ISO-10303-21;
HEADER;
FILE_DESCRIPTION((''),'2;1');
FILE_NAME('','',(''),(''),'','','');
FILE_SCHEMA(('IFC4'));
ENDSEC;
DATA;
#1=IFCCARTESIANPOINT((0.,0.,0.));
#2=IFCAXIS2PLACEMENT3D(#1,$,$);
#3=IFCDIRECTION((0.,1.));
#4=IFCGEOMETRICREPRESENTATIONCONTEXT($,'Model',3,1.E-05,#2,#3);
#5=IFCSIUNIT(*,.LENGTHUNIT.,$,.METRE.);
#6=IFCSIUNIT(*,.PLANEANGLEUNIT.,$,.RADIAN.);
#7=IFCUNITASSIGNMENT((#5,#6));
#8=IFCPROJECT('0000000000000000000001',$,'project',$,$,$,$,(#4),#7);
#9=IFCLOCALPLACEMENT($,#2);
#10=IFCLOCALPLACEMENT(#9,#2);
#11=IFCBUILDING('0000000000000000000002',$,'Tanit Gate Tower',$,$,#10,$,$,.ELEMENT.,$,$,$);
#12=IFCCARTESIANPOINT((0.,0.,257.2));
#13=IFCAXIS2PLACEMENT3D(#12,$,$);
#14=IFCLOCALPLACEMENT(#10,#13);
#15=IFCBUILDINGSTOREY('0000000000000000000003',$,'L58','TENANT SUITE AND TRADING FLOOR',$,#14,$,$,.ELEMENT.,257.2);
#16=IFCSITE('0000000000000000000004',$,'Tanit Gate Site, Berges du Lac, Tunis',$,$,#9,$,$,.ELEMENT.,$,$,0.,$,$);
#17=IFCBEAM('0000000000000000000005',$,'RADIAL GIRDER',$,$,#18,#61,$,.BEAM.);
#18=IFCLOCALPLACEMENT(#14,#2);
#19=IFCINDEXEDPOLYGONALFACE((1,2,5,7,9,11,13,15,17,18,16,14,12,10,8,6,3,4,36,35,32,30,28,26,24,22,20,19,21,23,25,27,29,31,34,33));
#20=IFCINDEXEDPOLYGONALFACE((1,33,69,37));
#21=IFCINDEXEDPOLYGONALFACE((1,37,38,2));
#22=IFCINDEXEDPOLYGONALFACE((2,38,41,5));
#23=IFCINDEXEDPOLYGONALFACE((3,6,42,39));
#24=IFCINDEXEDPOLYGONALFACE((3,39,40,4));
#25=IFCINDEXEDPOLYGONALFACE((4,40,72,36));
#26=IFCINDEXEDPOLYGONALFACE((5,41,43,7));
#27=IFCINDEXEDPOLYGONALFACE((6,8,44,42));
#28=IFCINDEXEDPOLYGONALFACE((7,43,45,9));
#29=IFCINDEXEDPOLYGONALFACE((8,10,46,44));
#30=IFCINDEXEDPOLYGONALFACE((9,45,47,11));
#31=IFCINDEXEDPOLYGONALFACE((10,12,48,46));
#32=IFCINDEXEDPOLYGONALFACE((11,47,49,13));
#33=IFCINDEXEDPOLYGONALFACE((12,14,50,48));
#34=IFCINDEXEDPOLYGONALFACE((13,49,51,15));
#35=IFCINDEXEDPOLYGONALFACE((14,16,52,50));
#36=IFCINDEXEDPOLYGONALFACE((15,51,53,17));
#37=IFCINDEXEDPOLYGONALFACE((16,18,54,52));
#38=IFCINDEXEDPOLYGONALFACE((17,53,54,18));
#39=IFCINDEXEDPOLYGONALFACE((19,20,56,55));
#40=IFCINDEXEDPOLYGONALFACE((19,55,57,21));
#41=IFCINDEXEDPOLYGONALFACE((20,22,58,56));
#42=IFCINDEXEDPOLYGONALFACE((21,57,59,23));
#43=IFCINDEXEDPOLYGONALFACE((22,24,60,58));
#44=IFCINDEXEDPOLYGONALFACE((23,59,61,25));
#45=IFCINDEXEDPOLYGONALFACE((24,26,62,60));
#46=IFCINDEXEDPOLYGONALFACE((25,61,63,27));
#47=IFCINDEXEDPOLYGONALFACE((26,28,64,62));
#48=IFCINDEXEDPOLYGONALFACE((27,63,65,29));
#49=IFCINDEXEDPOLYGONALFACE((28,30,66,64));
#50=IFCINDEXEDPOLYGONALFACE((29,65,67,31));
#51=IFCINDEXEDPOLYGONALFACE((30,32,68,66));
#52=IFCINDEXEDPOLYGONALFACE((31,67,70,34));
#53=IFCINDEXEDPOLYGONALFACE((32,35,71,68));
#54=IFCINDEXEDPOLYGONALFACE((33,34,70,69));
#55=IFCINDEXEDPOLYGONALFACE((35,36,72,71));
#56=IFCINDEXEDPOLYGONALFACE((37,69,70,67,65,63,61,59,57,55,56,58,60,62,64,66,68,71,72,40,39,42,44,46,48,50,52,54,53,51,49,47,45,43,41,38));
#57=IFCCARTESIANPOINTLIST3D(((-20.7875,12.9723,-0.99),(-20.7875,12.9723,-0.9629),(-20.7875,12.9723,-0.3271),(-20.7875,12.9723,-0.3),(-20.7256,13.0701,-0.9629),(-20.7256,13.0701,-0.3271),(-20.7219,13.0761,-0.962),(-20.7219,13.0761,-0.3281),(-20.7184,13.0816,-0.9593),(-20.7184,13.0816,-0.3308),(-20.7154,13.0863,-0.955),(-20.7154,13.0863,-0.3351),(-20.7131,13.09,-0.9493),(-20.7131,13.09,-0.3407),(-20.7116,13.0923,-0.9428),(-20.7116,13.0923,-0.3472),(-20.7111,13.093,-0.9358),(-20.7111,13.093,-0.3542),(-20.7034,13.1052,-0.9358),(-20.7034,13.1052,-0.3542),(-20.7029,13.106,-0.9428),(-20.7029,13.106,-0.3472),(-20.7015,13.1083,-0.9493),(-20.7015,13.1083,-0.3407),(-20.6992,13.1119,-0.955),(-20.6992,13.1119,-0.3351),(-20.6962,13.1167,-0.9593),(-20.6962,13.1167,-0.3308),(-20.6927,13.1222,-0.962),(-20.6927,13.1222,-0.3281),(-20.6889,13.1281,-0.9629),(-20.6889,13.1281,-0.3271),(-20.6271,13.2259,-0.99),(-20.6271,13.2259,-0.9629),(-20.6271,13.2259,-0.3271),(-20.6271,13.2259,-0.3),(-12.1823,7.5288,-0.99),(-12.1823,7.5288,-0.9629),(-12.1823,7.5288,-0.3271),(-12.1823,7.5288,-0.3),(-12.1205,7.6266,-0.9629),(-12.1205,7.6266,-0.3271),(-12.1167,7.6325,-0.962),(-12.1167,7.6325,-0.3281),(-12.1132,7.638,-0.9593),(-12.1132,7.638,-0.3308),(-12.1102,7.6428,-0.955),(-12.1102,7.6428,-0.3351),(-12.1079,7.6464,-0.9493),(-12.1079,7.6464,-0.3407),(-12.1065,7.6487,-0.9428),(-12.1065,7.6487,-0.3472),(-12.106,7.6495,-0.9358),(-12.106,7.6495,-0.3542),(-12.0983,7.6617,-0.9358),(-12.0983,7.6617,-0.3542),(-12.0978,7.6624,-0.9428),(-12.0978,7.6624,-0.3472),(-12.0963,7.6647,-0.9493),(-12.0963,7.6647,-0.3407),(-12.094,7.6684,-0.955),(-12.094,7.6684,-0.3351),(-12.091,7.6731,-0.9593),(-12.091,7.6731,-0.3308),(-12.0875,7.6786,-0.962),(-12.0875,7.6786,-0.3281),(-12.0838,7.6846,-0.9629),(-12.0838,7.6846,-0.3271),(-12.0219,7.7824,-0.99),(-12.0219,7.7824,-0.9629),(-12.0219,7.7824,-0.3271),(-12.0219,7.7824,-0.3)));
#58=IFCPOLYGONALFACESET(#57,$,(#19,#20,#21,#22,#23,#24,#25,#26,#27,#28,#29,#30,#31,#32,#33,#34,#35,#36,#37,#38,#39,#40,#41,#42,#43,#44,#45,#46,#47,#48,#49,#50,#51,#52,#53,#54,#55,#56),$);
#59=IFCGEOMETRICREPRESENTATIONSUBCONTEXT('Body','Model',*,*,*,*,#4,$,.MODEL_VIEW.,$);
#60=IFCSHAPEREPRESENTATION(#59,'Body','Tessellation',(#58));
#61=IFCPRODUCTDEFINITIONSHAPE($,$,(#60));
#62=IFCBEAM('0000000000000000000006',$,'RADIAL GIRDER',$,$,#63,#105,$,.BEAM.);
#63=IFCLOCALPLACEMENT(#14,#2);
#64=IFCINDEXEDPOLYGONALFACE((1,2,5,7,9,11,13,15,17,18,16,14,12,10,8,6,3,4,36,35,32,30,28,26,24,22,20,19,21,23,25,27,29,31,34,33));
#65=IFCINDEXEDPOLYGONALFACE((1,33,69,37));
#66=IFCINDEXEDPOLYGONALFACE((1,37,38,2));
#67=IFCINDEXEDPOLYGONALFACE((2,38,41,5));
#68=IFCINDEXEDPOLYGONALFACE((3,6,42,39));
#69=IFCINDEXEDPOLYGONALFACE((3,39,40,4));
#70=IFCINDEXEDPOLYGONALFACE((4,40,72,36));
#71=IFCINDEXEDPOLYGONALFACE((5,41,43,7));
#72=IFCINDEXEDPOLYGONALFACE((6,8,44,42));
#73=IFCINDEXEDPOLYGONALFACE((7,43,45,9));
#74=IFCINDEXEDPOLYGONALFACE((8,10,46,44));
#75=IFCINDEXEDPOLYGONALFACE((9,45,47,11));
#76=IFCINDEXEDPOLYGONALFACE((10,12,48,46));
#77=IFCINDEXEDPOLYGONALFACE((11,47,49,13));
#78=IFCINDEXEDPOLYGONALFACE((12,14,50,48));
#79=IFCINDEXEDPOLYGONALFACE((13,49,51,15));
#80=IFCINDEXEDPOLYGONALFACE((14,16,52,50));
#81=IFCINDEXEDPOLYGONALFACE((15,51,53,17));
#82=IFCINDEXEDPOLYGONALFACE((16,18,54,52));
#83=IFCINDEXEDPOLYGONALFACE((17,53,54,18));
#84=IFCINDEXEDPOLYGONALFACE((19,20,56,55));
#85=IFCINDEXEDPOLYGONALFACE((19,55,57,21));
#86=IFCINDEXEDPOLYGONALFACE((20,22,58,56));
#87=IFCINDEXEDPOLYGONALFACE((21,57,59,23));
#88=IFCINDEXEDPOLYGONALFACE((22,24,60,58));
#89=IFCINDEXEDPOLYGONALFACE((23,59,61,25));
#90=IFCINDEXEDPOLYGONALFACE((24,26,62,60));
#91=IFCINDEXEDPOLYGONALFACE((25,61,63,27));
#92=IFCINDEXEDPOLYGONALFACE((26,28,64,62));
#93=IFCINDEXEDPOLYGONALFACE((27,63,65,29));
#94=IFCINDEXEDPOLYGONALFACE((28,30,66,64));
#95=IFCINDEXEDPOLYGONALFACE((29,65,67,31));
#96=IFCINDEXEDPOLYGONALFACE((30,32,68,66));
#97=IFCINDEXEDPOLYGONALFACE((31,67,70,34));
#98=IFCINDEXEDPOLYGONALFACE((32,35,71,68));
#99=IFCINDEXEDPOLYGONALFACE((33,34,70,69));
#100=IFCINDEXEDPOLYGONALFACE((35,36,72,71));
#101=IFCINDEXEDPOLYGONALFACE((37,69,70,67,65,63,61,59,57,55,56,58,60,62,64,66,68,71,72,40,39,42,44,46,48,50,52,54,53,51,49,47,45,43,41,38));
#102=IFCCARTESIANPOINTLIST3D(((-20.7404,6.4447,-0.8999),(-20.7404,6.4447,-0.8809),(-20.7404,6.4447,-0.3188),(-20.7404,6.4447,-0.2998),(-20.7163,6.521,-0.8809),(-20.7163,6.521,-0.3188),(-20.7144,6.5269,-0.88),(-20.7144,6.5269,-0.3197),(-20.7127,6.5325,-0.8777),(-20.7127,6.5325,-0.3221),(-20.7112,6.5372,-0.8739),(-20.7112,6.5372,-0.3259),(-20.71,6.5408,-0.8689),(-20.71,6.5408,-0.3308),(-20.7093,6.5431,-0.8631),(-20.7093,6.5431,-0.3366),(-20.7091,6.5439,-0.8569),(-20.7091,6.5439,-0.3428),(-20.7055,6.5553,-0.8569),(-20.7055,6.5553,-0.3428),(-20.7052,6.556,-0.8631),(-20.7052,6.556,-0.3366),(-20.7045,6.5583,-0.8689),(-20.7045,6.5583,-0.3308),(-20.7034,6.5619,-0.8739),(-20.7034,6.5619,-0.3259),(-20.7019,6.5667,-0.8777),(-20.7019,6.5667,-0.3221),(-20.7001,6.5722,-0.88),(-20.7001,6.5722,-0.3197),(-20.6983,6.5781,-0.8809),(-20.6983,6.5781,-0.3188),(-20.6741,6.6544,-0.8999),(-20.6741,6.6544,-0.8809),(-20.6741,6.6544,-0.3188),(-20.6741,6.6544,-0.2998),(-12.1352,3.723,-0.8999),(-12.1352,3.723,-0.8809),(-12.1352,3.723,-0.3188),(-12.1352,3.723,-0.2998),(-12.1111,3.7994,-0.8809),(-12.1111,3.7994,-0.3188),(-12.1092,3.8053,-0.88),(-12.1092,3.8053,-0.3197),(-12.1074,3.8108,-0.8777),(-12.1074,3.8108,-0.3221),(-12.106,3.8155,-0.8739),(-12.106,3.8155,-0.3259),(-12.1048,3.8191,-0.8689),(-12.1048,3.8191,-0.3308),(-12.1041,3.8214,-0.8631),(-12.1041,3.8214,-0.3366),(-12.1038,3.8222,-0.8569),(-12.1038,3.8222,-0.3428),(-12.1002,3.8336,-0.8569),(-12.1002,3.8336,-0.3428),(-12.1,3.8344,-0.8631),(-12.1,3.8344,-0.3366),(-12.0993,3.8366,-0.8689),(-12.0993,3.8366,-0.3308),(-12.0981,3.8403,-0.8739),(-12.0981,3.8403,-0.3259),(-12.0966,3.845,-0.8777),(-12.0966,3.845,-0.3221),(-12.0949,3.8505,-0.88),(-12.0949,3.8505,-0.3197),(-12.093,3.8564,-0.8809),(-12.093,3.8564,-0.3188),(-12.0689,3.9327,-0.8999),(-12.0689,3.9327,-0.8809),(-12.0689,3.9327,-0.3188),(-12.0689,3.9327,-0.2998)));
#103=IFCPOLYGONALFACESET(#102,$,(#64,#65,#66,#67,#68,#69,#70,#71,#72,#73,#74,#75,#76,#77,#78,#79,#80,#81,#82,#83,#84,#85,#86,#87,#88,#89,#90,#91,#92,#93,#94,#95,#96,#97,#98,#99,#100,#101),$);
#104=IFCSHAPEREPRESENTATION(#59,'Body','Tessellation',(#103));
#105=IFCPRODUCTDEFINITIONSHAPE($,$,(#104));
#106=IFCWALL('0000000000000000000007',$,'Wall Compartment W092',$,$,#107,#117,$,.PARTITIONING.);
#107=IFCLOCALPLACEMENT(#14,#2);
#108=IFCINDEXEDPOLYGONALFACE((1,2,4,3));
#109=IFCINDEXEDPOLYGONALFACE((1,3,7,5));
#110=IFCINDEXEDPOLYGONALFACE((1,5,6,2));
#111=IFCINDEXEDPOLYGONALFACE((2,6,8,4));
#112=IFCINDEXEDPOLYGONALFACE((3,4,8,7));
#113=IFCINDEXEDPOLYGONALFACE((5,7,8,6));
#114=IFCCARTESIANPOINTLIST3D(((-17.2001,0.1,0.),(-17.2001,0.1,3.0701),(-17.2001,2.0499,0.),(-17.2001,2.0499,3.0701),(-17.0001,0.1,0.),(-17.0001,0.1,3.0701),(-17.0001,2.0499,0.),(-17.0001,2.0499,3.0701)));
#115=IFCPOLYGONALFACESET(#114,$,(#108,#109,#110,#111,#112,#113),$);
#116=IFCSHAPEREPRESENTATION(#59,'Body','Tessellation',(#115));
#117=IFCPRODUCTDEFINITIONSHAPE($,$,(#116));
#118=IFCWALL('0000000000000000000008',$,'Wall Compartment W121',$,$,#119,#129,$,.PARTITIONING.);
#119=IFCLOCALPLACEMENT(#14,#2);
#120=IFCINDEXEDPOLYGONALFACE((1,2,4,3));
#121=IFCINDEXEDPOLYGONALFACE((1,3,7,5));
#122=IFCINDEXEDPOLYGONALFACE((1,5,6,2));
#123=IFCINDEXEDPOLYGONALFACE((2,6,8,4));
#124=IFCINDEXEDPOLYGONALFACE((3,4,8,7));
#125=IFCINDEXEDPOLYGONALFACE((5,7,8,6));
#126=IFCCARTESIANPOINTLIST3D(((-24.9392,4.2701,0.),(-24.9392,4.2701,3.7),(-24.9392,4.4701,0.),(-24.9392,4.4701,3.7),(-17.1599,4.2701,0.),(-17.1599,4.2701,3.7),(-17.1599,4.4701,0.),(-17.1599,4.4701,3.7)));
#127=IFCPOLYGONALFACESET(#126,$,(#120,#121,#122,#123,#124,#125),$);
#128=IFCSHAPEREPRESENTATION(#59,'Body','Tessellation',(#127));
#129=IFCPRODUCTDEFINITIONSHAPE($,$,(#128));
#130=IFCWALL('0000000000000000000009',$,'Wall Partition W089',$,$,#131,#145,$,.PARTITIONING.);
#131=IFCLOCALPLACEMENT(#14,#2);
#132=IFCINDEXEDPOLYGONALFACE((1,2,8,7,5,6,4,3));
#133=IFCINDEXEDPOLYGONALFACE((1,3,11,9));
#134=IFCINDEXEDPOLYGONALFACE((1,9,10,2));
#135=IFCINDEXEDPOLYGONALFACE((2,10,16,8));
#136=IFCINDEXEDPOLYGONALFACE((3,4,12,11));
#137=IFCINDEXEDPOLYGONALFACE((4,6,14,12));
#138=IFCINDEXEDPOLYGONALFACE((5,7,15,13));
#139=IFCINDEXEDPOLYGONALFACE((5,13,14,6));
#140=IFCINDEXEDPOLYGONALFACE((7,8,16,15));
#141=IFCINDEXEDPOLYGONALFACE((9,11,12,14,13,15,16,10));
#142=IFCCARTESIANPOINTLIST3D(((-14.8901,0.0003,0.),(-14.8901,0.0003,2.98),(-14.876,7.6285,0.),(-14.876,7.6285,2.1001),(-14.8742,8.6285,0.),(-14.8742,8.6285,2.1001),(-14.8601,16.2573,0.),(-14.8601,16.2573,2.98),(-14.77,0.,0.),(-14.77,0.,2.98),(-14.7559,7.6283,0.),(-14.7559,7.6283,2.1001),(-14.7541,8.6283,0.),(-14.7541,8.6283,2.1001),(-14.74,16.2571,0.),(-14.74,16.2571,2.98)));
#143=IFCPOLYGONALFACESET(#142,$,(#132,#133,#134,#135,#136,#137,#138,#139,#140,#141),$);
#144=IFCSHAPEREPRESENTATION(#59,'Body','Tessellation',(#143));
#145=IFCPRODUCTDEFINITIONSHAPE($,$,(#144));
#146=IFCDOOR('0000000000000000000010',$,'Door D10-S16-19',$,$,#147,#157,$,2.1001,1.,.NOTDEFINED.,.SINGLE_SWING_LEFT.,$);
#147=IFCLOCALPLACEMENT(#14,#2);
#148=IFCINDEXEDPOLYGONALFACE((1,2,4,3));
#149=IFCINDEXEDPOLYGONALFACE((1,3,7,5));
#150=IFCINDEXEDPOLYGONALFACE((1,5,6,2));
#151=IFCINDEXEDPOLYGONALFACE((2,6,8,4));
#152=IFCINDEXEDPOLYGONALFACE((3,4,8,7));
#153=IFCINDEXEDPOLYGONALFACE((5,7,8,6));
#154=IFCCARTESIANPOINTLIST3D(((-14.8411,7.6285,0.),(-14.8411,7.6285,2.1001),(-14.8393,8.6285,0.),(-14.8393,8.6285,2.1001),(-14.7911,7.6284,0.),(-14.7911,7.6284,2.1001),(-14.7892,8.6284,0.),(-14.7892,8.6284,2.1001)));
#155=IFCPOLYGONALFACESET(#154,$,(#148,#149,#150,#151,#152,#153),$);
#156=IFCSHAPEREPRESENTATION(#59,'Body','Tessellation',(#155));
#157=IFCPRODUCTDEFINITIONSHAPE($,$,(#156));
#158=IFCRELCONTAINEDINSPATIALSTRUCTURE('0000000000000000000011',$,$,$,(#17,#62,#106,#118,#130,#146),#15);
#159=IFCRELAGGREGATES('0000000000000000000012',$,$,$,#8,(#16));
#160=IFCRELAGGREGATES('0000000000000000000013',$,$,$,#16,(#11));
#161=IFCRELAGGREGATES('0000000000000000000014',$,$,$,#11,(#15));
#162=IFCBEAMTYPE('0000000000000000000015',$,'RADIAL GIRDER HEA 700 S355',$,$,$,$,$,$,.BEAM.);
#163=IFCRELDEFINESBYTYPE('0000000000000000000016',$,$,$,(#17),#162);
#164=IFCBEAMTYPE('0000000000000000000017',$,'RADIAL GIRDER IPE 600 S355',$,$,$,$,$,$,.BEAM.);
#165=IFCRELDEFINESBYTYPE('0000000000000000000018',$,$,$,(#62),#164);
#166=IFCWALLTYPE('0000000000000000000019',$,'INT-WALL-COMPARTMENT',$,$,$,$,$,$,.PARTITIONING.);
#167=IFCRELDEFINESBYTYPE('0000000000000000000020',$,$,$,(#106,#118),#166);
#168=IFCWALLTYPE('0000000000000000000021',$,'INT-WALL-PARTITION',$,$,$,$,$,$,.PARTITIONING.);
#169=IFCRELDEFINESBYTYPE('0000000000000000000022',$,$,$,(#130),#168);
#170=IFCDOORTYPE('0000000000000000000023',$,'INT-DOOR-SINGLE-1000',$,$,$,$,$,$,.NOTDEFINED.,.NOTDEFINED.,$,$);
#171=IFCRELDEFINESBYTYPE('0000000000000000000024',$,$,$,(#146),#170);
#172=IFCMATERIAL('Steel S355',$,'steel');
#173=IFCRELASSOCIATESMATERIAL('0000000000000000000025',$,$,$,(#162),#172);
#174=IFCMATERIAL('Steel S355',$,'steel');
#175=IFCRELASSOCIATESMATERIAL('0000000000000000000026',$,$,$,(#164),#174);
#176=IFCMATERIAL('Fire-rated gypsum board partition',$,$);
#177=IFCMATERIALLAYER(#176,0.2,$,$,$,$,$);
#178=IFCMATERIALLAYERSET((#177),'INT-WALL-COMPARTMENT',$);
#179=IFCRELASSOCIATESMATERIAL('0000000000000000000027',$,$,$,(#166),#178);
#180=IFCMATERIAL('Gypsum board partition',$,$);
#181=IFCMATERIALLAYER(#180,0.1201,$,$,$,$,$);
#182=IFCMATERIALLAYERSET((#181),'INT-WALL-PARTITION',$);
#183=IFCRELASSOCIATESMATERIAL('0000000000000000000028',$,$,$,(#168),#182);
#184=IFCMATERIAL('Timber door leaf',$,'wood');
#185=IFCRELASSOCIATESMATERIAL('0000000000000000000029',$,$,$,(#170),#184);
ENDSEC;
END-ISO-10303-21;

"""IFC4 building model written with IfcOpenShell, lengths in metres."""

from ifc_helpers import new_model, si_unit, direction, frame, frame_2d, origin, origin_2d, place, context, subcontext, project, spatial, rectangle, i_section, extrude, material, layer, layer_set, material_profile, profile_set, type_object, element, fill, save


model = new_model("IFC4")

# Units and contexts
model_context = context("Model", 3, precision=1e-05, world=origin(), true_north=direction((0.0, 1.0)))
body_context = subcontext(model_context, "Body", "Model", "MODEL_VIEW")
ifc_project = project(units=[si_unit("LENGTHUNIT", "METRE"), si_unit("PLANEANGLEUNIT", "RADIAN")], contexts=[model_context])

# Site, building, storey
site_placement = place(None, origin())
site = spatial("IfcSite", under=ifc_project, at=site_placement, Name="Tanit Gate Site, Berges du Lac, Tunis", CompositionType="ELEMENT", RefElevation=0.0)
building_placement = place(site_placement, origin())
building = spatial("IfcBuilding", under=site, at=building_placement, Name="Tanit Gate Tower", CompositionType="ELEMENT")
storey_placement = place(building_placement, frame((0.0, 0.0, 257.2)))
storey = spatial("IfcBuildingStorey", under=building, at=storey_placement, Name="L58", Description="TENANT SUITE AND TRADING FLOOR", CompositionType="ELEMENT", Elevation=257.2)

# Beams
ifc_material_1 = material(Name="Steel S355", Category="steel")
ifc_material_profile_1 = material_profile(ifc_material_1, i_section(OverallWidth=0.3, OverallDepth=0.6899, WebThickness=0.0144, FlangeThickness=0.0271, FilletRadius=0.0271, at=origin_2d()), Name="HEA 700")
ifc_profile_set_1 = profile_set([ifc_material_profile_1], Name="Steel S355")
beam_type_1 = type_object("IfcBeamType", Name="RADIAL GIRDER HEA 700 S355", PredefinedType="BEAM", material=ifc_profile_set_1)
beam_1_placement = place(storey_placement, frame((-20.7073, 13.0991, -0.645), z_axis=(0.845102, -0.534605, 0.0), x_axis=(0.534605, 0.845102, 0.0)))
element("IfcBeam", 1, at=beam_1_placement, inside=storey, type_object=beam_type_1, Name="RADIAL GIRDER", PredefinedType="BEAM", context=body_context, shape_type="SweptSolid", body=[
    extrude(i_section(OverallWidth=0.3, OverallDepth=0.6899, WebThickness=0.0144, FlangeThickness=0.0271, FilletRadius=0.0271, at=origin_2d()), origin(), (0.0, 0.0, 1.0), 10.1824),
])
ifc_material_2 = material(Name="Steel S355", Category="steel")
ifc_material_profile_2 = material_profile(ifc_material_2, i_section(OverallWidth=0.22, OverallDepth=0.6001, WebThickness=0.012, FlangeThickness=0.019, FilletRadius=0.0239, at=origin_2d()), Name="IPE 600")
ifc_profile_set_2 = profile_set([ifc_material_profile_2], Name="Steel S355")
beam_type_2 = type_object("IfcBeamType", Name="RADIAL GIRDER IPE 600 S355", PredefinedType="BEAM", material=ifc_profile_set_2)
beam_2_placement = place(storey_placement, frame((-20.7073, 6.5496, -0.5999), z_axis=(0.953448, -0.301559, 0.0), x_axis=(0.301559, 0.953448, 0.0)))
element("IfcBeam", 2, at=beam_2_placement, inside=storey, type_object=beam_type_2, Name="RADIAL GIRDER", PredefinedType="BEAM", context=body_context, shape_type="SweptSolid", body=[
    extrude(i_section(OverallWidth=0.22, OverallDepth=0.6001, WebThickness=0.012, FlangeThickness=0.019, FilletRadius=0.0239, at=origin_2d()), origin(), (0.0, 0.0, 1.0), 9.0254),
])

# Walls
ifc_material_3 = material(Name="Fire-rated gypsum board partition")
ifc_layer_1 = layer(ifc_material_3, 0.2)
ifc_layer_set_1 = layer_set([ifc_layer_1], Name="INT-WALL-COMPARTMENT")
wall_type_1 = type_object("IfcWallType", Name="INT-WALL-COMPARTMENT", PredefinedType="PARTITIONING", material=ifc_layer_set_1)
wall_1_placement = place(storey_placement, frame((-17.1001, 2.05, 0.0), z_axis=(0.0, 0.0, 1.0), x_axis=(0.0, -1.0, 0.0)))
element("IfcWall", 3, at=wall_1_placement, inside=storey, type_object=wall_type_1, Name="Wall Compartment W092", PredefinedType="PARTITIONING", context=body_context, shape_type="SweptSolid", body=[
    extrude(rectangle(XDim=1.95, YDim=0.2, at=frame_2d((0.9751, 0.0))), origin(), (0.0, 0.0, 1.0), 3.0701),
])
wall_2_placement = place(storey_placement, frame((-17.1599, 4.3701, 0.0), z_axis=(0.0, 0.0, 1.0), x_axis=(-1.0, 0.0, 0.0)))
element("IfcWall", 4, at=wall_2_placement, inside=storey, type_object=wall_type_1, Name="Wall Compartment W121", PredefinedType="PARTITIONING", context=body_context, shape_type="SweptSolid", body=[
    extrude(rectangle(XDim=7.7793, YDim=0.2, at=frame_2d((3.8896, 0.0))), origin(), (0.0, 0.0, 1.0), 3.7),
])

# Wall, opening, door
ifc_material_4 = material(Name="Gypsum board partition")
ifc_layer_2 = layer(ifc_material_4, 0.1201)
ifc_layer_set_2 = layer_set([ifc_layer_2], Name="INT-WALL-PARTITION")
wall_type_2 = type_object("IfcWallType", Name="INT-WALL-PARTITION", PredefinedType="PARTITIONING", material=ifc_layer_set_2)
wall_3_placement = place(storey_placement, frame((-14.8, 16.2571, 0.0), z_axis=(0.0, 0.0, 1.0), x_axis=(-0.001847, -0.999998, 0.0)))
wall_3 = element("IfcWall", 5, at=wall_3_placement, inside=storey, type_object=wall_type_2, Name="Wall Partition W089", PredefinedType="PARTITIONING", context=body_context, shape_type="SweptSolid", body=[
    extrude(rectangle(XDim=16.2571, YDim=0.1201, at=frame_2d((8.1284, 0.0))), origin(), (0.0, 0.0, 1.0), 2.98),
])
opening_1_placement = place(wall_3_placement, frame((7.6287, 0.0, 0.0)))
opening_1 = element("IfcOpeningElement", 6, at=opening_1_placement, cuts=wall_3, PredefinedType="OPENING", context=body_context, shape_type="SweptSolid", body=[
    extrude(rectangle(XDim=1.0, YDim=2.1001, at=frame_2d((0.5, 1.05))), frame((0.0, 0.0701, 0.0), z_axis=(0.0, -1.0, 0.0), x_axis=(1.0, 0.0, 0.0)), (0.0, 0.0, 1.0), 0.1401),
])
ifc_material_5 = material(Name="Timber door leaf", Category="wood")
door_type_1 = type_object("IfcDoorType", Name="INT-DOOR-SINGLE-1000", OperationType="NOTDEFINED", PredefinedType="NOTDEFINED", material=ifc_material_5)
door_1_placement = place(opening_1_placement, origin())
door_1 = element("IfcDoor", 7, at=door_1_placement, inside=storey, type_object=door_type_1, Name="Door D10-S16-19", OperationType="SINGLE_SWING_LEFT", OverallHeight=2.1001, OverallWidth=1.0, PredefinedType="NOTDEFINED", context=body_context, shape_type="SweptSolid", body=[
    extrude(rectangle(XDim=1.0, YDim=2.1001, at=frame_2d((0.5, 1.05))), frame((0.0, 0.0249, 0.0), z_axis=(0.0, -1.0, 0.0), x_axis=(1.0, 0.0, 0.0)), (0.0, 0.0, 1.0), 0.05),
])
fill(opening_1, door_1)

save(model, "model.ifc")
